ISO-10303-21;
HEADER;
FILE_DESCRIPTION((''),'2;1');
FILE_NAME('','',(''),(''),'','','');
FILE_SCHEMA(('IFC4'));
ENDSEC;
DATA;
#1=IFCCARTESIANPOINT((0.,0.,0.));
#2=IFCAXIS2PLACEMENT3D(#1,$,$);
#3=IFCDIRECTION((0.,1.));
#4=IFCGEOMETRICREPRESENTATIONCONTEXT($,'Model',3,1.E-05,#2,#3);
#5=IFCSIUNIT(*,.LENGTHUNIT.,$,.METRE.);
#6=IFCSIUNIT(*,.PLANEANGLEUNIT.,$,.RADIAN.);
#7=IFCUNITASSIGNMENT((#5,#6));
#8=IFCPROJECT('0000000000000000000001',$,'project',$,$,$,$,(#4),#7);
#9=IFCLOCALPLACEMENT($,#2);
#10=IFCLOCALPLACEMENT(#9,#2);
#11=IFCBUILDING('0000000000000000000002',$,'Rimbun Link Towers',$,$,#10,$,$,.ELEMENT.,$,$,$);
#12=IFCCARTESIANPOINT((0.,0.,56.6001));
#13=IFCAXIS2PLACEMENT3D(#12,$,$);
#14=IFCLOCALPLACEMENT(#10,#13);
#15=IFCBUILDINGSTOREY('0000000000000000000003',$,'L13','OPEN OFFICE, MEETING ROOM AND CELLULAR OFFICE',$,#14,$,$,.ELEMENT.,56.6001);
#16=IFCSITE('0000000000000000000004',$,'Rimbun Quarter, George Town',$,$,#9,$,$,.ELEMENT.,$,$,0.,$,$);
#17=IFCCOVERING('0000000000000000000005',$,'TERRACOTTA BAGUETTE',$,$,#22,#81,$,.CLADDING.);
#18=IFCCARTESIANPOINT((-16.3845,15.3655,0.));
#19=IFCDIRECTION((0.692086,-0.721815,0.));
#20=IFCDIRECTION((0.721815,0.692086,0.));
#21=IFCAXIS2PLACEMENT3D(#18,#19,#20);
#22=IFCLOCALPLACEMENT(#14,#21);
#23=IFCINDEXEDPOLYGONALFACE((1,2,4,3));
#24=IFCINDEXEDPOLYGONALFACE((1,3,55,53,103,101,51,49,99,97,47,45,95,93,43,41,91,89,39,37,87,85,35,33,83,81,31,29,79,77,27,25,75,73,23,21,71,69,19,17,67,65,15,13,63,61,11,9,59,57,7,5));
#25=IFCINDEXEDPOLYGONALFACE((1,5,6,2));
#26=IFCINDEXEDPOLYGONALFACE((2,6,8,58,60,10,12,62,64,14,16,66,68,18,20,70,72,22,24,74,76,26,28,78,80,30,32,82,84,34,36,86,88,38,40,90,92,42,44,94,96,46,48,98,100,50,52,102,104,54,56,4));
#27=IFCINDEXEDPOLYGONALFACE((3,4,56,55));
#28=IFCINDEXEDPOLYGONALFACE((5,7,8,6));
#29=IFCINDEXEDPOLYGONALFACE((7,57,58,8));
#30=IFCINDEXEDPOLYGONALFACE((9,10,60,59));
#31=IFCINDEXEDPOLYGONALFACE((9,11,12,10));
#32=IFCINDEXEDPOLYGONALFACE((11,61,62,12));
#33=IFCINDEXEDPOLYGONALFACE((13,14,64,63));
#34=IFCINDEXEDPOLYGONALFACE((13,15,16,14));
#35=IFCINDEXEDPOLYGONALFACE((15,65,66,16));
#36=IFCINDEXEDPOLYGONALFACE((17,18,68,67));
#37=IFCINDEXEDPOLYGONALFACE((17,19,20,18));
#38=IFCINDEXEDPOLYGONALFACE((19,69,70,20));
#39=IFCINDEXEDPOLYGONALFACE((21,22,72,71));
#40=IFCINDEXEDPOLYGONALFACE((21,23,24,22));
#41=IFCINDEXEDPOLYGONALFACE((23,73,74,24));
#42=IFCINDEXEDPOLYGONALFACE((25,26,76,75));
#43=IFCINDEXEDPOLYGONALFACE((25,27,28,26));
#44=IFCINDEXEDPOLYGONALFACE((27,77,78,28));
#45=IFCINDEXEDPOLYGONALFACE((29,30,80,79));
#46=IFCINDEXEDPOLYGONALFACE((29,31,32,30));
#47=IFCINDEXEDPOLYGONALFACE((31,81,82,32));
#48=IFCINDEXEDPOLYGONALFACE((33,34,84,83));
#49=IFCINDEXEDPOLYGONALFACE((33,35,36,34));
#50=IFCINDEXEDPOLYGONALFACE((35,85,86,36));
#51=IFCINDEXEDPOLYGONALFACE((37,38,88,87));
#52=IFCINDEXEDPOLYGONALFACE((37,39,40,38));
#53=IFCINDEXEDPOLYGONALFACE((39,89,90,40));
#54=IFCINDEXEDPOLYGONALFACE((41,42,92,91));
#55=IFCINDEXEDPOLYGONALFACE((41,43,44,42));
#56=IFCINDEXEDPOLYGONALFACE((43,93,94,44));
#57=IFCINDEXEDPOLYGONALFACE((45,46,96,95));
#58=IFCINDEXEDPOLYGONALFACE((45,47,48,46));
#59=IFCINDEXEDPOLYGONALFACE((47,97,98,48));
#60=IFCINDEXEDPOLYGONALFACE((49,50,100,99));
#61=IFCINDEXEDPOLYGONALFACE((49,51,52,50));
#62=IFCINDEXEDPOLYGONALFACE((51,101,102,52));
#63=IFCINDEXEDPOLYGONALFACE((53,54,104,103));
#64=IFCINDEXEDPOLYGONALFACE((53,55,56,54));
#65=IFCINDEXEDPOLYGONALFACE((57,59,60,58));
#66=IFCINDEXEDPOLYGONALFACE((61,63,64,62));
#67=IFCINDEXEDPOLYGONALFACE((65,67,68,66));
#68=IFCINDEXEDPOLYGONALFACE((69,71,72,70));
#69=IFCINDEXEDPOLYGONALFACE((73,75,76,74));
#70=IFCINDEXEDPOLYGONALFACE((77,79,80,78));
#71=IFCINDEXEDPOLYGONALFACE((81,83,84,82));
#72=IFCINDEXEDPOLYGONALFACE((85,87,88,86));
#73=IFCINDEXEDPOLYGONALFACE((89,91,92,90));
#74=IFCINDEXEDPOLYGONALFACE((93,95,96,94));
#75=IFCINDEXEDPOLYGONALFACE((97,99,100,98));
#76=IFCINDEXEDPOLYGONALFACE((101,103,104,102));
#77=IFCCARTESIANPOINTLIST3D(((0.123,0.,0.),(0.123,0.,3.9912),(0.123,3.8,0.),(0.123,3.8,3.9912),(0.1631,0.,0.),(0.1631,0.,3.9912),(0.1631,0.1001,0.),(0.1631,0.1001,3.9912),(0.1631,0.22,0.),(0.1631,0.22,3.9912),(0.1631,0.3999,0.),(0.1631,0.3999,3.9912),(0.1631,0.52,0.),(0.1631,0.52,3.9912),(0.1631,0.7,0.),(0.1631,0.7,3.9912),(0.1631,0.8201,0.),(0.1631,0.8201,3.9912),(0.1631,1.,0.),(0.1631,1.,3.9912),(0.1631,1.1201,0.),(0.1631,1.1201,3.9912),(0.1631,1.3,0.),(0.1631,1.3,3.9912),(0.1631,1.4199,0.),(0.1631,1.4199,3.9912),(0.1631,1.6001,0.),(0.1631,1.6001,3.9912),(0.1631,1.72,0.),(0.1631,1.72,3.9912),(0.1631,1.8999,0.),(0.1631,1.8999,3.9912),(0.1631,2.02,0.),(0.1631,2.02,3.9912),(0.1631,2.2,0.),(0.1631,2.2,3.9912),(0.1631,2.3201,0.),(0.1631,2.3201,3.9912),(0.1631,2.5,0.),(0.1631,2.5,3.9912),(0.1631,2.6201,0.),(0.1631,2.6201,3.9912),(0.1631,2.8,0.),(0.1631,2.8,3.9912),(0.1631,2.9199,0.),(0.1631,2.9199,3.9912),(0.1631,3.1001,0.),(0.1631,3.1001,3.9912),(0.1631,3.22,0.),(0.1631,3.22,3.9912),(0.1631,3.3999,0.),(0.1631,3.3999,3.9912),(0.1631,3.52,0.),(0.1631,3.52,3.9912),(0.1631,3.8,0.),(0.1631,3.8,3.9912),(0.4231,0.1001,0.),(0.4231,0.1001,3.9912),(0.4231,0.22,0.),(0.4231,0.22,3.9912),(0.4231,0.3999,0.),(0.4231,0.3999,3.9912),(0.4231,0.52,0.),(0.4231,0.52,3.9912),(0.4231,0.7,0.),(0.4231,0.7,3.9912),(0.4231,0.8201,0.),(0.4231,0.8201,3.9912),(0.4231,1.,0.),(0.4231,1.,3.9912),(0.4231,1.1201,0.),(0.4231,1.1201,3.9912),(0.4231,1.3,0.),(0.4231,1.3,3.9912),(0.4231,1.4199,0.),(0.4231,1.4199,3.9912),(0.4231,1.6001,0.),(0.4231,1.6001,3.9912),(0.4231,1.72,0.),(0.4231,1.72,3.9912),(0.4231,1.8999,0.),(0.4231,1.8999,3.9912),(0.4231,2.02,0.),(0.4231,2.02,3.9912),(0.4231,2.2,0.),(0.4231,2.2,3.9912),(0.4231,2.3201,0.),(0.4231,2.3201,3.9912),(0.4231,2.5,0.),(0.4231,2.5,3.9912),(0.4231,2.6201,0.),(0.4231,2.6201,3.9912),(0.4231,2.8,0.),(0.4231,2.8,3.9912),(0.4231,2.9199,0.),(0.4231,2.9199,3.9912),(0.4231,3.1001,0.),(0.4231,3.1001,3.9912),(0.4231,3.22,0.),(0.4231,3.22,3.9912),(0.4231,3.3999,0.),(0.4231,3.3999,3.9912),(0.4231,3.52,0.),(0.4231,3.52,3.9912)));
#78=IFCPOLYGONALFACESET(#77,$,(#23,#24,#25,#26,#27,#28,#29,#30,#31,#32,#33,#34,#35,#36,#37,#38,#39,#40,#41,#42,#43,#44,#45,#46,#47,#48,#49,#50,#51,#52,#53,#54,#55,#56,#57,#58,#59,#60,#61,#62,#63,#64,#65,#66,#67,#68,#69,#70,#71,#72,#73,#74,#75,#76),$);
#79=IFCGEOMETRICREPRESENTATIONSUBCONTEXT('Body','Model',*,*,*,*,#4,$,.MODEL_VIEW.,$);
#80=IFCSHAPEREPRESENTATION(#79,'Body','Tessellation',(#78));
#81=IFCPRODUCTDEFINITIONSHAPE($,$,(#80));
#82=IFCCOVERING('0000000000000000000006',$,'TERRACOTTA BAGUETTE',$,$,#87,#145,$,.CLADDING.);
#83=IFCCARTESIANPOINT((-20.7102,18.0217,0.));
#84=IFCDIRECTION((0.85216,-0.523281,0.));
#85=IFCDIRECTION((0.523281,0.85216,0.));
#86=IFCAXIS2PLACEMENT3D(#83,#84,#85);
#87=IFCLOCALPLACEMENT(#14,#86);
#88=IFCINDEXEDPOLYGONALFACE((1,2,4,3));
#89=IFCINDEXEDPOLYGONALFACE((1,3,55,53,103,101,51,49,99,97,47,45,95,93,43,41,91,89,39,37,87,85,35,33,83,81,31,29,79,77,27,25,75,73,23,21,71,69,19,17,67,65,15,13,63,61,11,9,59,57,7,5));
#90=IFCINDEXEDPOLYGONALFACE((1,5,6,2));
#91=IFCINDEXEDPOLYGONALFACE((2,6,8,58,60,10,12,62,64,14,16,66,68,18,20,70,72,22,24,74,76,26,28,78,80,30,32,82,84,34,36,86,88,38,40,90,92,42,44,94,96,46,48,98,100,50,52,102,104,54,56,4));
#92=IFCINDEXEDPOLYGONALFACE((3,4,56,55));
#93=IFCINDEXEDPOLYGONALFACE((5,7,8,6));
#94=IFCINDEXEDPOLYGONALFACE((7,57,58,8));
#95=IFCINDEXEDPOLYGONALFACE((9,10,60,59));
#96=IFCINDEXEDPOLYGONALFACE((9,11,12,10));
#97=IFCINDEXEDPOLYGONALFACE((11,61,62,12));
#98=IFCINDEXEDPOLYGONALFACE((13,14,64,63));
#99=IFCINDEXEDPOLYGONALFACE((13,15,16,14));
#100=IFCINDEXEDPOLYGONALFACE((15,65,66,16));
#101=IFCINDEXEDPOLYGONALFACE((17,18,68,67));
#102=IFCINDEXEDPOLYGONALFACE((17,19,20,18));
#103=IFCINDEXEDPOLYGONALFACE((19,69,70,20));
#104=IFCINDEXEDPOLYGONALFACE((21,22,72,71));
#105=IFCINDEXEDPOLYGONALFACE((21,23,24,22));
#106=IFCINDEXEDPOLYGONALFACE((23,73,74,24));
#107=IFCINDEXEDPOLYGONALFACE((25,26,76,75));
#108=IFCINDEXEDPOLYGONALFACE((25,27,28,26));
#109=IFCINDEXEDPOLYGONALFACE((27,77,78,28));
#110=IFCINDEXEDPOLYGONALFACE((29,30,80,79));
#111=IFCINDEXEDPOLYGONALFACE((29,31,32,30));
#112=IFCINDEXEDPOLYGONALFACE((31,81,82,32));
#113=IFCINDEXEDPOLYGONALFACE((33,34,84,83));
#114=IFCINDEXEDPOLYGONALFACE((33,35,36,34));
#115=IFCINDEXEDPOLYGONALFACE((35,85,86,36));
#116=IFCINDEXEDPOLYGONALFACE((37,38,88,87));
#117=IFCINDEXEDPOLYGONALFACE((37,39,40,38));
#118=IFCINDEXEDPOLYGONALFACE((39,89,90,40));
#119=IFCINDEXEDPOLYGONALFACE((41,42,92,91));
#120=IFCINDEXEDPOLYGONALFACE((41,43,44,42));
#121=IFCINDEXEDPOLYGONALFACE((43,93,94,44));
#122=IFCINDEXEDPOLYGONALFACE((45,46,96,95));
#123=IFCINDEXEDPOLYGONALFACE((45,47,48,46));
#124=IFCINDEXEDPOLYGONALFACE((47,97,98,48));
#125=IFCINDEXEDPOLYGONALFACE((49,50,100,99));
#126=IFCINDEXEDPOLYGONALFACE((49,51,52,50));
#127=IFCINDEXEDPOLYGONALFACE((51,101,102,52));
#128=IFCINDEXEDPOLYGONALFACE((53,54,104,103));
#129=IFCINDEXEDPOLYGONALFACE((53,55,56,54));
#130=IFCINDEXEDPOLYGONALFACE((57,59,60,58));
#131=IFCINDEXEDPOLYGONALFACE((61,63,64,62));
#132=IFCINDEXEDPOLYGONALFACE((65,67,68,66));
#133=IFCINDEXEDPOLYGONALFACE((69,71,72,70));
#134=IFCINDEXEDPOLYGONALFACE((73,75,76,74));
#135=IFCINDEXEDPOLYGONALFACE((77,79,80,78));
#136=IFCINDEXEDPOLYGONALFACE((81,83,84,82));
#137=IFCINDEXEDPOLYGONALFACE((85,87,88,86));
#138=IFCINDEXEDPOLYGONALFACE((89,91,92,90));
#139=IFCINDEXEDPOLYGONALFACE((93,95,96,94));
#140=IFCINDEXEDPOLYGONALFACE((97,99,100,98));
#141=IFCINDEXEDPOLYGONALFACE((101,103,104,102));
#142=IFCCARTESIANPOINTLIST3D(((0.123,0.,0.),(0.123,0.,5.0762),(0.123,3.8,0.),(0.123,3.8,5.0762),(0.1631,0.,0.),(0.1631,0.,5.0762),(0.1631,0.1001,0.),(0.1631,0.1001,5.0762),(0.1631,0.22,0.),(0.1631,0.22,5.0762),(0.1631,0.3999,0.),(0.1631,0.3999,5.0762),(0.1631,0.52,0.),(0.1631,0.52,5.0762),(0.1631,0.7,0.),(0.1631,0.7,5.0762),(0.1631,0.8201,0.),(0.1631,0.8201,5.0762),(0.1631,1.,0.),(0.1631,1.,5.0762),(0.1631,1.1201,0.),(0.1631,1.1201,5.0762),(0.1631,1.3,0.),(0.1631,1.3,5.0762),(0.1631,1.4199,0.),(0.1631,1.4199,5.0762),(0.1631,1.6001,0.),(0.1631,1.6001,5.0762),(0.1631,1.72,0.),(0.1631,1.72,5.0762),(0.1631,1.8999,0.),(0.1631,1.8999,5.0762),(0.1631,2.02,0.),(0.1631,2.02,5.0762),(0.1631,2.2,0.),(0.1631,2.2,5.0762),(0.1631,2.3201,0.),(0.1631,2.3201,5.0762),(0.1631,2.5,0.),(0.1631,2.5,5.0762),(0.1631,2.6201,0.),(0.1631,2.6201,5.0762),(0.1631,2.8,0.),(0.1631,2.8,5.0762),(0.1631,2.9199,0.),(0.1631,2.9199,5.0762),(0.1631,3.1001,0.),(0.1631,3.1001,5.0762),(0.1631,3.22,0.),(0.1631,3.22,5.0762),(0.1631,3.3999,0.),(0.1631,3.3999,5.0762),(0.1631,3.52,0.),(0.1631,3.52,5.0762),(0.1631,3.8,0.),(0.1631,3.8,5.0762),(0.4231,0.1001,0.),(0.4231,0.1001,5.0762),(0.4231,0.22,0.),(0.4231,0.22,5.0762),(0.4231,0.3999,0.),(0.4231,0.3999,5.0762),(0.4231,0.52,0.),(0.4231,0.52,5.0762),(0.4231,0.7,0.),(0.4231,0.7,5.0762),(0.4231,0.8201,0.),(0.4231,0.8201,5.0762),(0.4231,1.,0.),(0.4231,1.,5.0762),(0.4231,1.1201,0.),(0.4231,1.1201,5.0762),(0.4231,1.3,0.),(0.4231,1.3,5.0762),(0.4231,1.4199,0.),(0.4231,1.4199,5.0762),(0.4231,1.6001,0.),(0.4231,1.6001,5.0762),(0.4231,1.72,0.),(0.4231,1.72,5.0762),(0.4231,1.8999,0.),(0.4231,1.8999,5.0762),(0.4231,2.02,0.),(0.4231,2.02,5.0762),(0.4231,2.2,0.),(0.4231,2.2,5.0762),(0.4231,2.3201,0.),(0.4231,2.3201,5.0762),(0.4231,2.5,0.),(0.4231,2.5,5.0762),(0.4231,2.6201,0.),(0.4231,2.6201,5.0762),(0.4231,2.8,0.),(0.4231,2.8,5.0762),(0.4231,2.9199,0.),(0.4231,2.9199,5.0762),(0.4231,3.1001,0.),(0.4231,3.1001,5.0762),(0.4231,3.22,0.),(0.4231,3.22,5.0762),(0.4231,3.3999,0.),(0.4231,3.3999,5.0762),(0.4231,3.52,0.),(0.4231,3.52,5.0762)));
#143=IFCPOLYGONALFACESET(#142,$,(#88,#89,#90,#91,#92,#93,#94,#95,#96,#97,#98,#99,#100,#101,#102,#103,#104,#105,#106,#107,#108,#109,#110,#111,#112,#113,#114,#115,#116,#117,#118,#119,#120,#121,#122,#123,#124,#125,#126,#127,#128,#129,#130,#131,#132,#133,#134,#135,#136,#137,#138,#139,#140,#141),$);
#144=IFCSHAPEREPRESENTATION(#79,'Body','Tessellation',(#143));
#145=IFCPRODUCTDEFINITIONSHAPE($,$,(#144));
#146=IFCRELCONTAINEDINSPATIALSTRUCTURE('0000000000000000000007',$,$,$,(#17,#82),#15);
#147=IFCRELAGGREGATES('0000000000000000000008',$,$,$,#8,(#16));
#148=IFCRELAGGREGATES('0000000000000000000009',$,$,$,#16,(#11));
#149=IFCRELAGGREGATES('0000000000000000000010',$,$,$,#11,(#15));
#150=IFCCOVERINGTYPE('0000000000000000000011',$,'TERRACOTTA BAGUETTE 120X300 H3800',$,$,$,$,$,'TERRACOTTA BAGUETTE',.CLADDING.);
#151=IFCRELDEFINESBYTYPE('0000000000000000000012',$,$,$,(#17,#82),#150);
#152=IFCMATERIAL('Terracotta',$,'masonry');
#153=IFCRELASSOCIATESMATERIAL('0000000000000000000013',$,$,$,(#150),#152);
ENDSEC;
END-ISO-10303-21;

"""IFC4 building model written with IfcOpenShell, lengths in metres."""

from ifc_helpers import new_model, si_unit, direction, frame, origin, place, context, subcontext, project, spatial, polyline, outline, extrude, material, material_profile, profile_set, type_object, element, save


model = new_model("IFC4")

# Units and contexts
model_context = context("Model", 3, precision=1e-05, world=origin(), true_north=direction((0.0, 1.0)))
body_context = subcontext(model_context, "Body", "Model", "MODEL_VIEW")
ifc_project = project(units=[si_unit("LENGTHUNIT", "METRE"), si_unit("PLANEANGLEUNIT", "RADIAN")], contexts=[model_context])

# Site, building, storey
site_placement = place(None, origin())
site = spatial("IfcSite", under=ifc_project, at=site_placement, Name="Rimbun Quarter, George Town", CompositionType="ELEMENT", RefElevation=0.0)
building_placement = place(site_placement, origin())
building = spatial("IfcBuilding", under=site, at=building_placement, Name="Rimbun Link Towers", CompositionType="ELEMENT")
storey_placement = place(building_placement, frame((0.0, 0.0, 56.6001)))
storey = spatial("IfcBuildingStorey", under=building, at=storey_placement, Name="L13", Description="OPEN OFFICE, MEETING ROOM AND CELLULAR OFFICE", CompositionType="ELEMENT", Elevation=56.6001)

# Coverings
ifc_material_1 = material(Name="Terracotta", Category="masonry")
ifc_material_profile_1 = material_profile(ifc_material_1, outline(polyline([(0.123, 0.0), (0.1631, 0.0), (0.1631, 0.1001), (0.4231, 0.1001), (0.4231, 0.22), (0.1631, 0.22), (0.1631, 0.3999), (0.4231, 0.3999), (0.4231, 0.52), (0.1631, 0.52), (0.1631, 0.7), (0.4231, 0.7), (0.4231, 0.8201), (0.1631, 0.8201), (0.1631, 1.0), (0.4231, 1.0), (0.4231, 1.1201), (0.1631, 1.1201), (0.1631, 1.3), (0.4231, 1.3), (0.4231, 1.4199), (0.1631, 1.4199), (0.1631, 1.6001), (0.4231, 1.6001), (0.4231, 1.72), (0.1631, 1.72), (0.1631, 1.8999), (0.4231, 1.8999), (0.4231, 2.02), (0.1631, 2.02), (0.1631, 2.2), (0.4231, 2.2), (0.4231, 2.3201), (0.1631, 2.3201), (0.1631, 2.5), (0.4231, 2.5), (0.4231, 2.6201), (0.1631, 2.6201), (0.1631, 2.8), (0.4231, 2.8), (0.4231, 2.9199), (0.1631, 2.9199), (0.1631, 3.1001), (0.4231, 3.1001), (0.4231, 3.22), (0.1631, 3.22), (0.1631, 3.3999), (0.4231, 3.3999), (0.4231, 3.52), (0.1631, 3.52), (0.1631, 3.8), (0.123, 3.8), (0.123, 0.0)])), Name="BAGUETTE 120X300")
ifc_profile_set_1 = profile_set([ifc_material_profile_1], Name="Terracotta")
covering_type = type_object("IfcCoveringType", Name="TERRACOTTA BAGUETTE 120X300 H3800", ElementType="TERRACOTTA BAGUETTE", PredefinedType="CLADDING", material=ifc_profile_set_1)
covering_1_placement = place(storey_placement, frame((-16.3845, 15.3655, 0.0), z_axis=(0.692086, -0.721815, 0.0), x_axis=(0.721815, 0.692086, 0.0)))
element("IfcCovering", 1, at=covering_1_placement, inside=storey, type_object=covering_type, Name="TERRACOTTA BAGUETTE", PredefinedType="CLADDING", context=body_context, shape_type="SweptSolid", body=[
    extrude(outline(polyline([(0.123, 0.0), (0.1631, 0.0), (0.1631, 0.1001), (0.4231, 0.1001), (0.4231, 0.22), (0.1631, 0.22), (0.1631, 0.3999), (0.4231, 0.3999), (0.4231, 0.52), (0.1631, 0.52), (0.1631, 0.7), (0.4231, 0.7), (0.4231, 0.8201), (0.1631, 0.8201), (0.1631, 1.0), (0.4231, 1.0), (0.4231, 1.1201), (0.1631, 1.1201), (0.1631, 1.3), (0.4231, 1.3), (0.4231, 1.4199), (0.1631, 1.4199), (0.1631, 1.6001), (0.4231, 1.6001), (0.4231, 1.72), (0.1631, 1.72), (0.1631, 1.8999), (0.4231, 1.8999), (0.4231, 2.02), (0.1631, 2.02), (0.1631, 2.2), (0.4231, 2.2), (0.4231, 2.3201), (0.1631, 2.3201), (0.1631, 2.5), (0.4231, 2.5), (0.4231, 2.6201), (0.1631, 2.6201), (0.1631, 2.8), (0.4231, 2.8), (0.4231, 2.9199), (0.1631, 2.9199), (0.1631, 3.1001), (0.4231, 3.1001), (0.4231, 3.22), (0.1631, 3.22), (0.1631, 3.3999), (0.4231, 3.3999), (0.4231, 3.52), (0.1631, 3.52), (0.1631, 3.8), (0.123, 3.8), (0.123, 0.0)])), origin(), (0.0, 0.0, 1.0), 3.9912),
])
covering_2_placement = place(storey_placement, frame((-20.7102, 18.0217, 0.0), z_axis=(0.85216, -0.523281, 0.0), x_axis=(0.523281, 0.85216, 0.0)))
element("IfcCovering", 2, at=covering_2_placement, inside=storey, type_object=covering_type, Name="TERRACOTTA BAGUETTE", PredefinedType="CLADDING", context=body_context, shape_type="SweptSolid", body=[
    extrude(outline(polyline([(0.123, 0.0), (0.1631, 0.0), (0.1631, 0.1001), (0.4231, 0.1001), (0.4231, 0.22), (0.1631, 0.22), (0.1631, 0.3999), (0.4231, 0.3999), (0.4231, 0.52), (0.1631, 0.52), (0.1631, 0.7), (0.4231, 0.7), (0.4231, 0.8201), (0.1631, 0.8201), (0.1631, 1.0), (0.4231, 1.0), (0.4231, 1.1201), (0.1631, 1.1201), (0.1631, 1.3), (0.4231, 1.3), (0.4231, 1.4199), (0.1631, 1.4199), (0.1631, 1.6001), (0.4231, 1.6001), (0.4231, 1.72), (0.1631, 1.72), (0.1631, 1.8999), (0.4231, 1.8999), (0.4231, 2.02), (0.1631, 2.02), (0.1631, 2.2), (0.4231, 2.2), (0.4231, 2.3201), (0.1631, 2.3201), (0.1631, 2.5), (0.4231, 2.5), (0.4231, 2.6201), (0.1631, 2.6201), (0.1631, 2.8), (0.4231, 2.8), (0.4231, 2.9199), (0.1631, 2.9199), (0.1631, 3.1001), (0.4231, 3.1001), (0.4231, 3.22), (0.1631, 3.22), (0.1631, 3.3999), (0.4231, 3.3999), (0.4231, 3.52), (0.1631, 3.52), (0.1631, 3.8), (0.123, 3.8), (0.123, 0.0)])), origin(), (0.0, 0.0, 1.0), 5.0762),
])

save(model, "model.ifc")
